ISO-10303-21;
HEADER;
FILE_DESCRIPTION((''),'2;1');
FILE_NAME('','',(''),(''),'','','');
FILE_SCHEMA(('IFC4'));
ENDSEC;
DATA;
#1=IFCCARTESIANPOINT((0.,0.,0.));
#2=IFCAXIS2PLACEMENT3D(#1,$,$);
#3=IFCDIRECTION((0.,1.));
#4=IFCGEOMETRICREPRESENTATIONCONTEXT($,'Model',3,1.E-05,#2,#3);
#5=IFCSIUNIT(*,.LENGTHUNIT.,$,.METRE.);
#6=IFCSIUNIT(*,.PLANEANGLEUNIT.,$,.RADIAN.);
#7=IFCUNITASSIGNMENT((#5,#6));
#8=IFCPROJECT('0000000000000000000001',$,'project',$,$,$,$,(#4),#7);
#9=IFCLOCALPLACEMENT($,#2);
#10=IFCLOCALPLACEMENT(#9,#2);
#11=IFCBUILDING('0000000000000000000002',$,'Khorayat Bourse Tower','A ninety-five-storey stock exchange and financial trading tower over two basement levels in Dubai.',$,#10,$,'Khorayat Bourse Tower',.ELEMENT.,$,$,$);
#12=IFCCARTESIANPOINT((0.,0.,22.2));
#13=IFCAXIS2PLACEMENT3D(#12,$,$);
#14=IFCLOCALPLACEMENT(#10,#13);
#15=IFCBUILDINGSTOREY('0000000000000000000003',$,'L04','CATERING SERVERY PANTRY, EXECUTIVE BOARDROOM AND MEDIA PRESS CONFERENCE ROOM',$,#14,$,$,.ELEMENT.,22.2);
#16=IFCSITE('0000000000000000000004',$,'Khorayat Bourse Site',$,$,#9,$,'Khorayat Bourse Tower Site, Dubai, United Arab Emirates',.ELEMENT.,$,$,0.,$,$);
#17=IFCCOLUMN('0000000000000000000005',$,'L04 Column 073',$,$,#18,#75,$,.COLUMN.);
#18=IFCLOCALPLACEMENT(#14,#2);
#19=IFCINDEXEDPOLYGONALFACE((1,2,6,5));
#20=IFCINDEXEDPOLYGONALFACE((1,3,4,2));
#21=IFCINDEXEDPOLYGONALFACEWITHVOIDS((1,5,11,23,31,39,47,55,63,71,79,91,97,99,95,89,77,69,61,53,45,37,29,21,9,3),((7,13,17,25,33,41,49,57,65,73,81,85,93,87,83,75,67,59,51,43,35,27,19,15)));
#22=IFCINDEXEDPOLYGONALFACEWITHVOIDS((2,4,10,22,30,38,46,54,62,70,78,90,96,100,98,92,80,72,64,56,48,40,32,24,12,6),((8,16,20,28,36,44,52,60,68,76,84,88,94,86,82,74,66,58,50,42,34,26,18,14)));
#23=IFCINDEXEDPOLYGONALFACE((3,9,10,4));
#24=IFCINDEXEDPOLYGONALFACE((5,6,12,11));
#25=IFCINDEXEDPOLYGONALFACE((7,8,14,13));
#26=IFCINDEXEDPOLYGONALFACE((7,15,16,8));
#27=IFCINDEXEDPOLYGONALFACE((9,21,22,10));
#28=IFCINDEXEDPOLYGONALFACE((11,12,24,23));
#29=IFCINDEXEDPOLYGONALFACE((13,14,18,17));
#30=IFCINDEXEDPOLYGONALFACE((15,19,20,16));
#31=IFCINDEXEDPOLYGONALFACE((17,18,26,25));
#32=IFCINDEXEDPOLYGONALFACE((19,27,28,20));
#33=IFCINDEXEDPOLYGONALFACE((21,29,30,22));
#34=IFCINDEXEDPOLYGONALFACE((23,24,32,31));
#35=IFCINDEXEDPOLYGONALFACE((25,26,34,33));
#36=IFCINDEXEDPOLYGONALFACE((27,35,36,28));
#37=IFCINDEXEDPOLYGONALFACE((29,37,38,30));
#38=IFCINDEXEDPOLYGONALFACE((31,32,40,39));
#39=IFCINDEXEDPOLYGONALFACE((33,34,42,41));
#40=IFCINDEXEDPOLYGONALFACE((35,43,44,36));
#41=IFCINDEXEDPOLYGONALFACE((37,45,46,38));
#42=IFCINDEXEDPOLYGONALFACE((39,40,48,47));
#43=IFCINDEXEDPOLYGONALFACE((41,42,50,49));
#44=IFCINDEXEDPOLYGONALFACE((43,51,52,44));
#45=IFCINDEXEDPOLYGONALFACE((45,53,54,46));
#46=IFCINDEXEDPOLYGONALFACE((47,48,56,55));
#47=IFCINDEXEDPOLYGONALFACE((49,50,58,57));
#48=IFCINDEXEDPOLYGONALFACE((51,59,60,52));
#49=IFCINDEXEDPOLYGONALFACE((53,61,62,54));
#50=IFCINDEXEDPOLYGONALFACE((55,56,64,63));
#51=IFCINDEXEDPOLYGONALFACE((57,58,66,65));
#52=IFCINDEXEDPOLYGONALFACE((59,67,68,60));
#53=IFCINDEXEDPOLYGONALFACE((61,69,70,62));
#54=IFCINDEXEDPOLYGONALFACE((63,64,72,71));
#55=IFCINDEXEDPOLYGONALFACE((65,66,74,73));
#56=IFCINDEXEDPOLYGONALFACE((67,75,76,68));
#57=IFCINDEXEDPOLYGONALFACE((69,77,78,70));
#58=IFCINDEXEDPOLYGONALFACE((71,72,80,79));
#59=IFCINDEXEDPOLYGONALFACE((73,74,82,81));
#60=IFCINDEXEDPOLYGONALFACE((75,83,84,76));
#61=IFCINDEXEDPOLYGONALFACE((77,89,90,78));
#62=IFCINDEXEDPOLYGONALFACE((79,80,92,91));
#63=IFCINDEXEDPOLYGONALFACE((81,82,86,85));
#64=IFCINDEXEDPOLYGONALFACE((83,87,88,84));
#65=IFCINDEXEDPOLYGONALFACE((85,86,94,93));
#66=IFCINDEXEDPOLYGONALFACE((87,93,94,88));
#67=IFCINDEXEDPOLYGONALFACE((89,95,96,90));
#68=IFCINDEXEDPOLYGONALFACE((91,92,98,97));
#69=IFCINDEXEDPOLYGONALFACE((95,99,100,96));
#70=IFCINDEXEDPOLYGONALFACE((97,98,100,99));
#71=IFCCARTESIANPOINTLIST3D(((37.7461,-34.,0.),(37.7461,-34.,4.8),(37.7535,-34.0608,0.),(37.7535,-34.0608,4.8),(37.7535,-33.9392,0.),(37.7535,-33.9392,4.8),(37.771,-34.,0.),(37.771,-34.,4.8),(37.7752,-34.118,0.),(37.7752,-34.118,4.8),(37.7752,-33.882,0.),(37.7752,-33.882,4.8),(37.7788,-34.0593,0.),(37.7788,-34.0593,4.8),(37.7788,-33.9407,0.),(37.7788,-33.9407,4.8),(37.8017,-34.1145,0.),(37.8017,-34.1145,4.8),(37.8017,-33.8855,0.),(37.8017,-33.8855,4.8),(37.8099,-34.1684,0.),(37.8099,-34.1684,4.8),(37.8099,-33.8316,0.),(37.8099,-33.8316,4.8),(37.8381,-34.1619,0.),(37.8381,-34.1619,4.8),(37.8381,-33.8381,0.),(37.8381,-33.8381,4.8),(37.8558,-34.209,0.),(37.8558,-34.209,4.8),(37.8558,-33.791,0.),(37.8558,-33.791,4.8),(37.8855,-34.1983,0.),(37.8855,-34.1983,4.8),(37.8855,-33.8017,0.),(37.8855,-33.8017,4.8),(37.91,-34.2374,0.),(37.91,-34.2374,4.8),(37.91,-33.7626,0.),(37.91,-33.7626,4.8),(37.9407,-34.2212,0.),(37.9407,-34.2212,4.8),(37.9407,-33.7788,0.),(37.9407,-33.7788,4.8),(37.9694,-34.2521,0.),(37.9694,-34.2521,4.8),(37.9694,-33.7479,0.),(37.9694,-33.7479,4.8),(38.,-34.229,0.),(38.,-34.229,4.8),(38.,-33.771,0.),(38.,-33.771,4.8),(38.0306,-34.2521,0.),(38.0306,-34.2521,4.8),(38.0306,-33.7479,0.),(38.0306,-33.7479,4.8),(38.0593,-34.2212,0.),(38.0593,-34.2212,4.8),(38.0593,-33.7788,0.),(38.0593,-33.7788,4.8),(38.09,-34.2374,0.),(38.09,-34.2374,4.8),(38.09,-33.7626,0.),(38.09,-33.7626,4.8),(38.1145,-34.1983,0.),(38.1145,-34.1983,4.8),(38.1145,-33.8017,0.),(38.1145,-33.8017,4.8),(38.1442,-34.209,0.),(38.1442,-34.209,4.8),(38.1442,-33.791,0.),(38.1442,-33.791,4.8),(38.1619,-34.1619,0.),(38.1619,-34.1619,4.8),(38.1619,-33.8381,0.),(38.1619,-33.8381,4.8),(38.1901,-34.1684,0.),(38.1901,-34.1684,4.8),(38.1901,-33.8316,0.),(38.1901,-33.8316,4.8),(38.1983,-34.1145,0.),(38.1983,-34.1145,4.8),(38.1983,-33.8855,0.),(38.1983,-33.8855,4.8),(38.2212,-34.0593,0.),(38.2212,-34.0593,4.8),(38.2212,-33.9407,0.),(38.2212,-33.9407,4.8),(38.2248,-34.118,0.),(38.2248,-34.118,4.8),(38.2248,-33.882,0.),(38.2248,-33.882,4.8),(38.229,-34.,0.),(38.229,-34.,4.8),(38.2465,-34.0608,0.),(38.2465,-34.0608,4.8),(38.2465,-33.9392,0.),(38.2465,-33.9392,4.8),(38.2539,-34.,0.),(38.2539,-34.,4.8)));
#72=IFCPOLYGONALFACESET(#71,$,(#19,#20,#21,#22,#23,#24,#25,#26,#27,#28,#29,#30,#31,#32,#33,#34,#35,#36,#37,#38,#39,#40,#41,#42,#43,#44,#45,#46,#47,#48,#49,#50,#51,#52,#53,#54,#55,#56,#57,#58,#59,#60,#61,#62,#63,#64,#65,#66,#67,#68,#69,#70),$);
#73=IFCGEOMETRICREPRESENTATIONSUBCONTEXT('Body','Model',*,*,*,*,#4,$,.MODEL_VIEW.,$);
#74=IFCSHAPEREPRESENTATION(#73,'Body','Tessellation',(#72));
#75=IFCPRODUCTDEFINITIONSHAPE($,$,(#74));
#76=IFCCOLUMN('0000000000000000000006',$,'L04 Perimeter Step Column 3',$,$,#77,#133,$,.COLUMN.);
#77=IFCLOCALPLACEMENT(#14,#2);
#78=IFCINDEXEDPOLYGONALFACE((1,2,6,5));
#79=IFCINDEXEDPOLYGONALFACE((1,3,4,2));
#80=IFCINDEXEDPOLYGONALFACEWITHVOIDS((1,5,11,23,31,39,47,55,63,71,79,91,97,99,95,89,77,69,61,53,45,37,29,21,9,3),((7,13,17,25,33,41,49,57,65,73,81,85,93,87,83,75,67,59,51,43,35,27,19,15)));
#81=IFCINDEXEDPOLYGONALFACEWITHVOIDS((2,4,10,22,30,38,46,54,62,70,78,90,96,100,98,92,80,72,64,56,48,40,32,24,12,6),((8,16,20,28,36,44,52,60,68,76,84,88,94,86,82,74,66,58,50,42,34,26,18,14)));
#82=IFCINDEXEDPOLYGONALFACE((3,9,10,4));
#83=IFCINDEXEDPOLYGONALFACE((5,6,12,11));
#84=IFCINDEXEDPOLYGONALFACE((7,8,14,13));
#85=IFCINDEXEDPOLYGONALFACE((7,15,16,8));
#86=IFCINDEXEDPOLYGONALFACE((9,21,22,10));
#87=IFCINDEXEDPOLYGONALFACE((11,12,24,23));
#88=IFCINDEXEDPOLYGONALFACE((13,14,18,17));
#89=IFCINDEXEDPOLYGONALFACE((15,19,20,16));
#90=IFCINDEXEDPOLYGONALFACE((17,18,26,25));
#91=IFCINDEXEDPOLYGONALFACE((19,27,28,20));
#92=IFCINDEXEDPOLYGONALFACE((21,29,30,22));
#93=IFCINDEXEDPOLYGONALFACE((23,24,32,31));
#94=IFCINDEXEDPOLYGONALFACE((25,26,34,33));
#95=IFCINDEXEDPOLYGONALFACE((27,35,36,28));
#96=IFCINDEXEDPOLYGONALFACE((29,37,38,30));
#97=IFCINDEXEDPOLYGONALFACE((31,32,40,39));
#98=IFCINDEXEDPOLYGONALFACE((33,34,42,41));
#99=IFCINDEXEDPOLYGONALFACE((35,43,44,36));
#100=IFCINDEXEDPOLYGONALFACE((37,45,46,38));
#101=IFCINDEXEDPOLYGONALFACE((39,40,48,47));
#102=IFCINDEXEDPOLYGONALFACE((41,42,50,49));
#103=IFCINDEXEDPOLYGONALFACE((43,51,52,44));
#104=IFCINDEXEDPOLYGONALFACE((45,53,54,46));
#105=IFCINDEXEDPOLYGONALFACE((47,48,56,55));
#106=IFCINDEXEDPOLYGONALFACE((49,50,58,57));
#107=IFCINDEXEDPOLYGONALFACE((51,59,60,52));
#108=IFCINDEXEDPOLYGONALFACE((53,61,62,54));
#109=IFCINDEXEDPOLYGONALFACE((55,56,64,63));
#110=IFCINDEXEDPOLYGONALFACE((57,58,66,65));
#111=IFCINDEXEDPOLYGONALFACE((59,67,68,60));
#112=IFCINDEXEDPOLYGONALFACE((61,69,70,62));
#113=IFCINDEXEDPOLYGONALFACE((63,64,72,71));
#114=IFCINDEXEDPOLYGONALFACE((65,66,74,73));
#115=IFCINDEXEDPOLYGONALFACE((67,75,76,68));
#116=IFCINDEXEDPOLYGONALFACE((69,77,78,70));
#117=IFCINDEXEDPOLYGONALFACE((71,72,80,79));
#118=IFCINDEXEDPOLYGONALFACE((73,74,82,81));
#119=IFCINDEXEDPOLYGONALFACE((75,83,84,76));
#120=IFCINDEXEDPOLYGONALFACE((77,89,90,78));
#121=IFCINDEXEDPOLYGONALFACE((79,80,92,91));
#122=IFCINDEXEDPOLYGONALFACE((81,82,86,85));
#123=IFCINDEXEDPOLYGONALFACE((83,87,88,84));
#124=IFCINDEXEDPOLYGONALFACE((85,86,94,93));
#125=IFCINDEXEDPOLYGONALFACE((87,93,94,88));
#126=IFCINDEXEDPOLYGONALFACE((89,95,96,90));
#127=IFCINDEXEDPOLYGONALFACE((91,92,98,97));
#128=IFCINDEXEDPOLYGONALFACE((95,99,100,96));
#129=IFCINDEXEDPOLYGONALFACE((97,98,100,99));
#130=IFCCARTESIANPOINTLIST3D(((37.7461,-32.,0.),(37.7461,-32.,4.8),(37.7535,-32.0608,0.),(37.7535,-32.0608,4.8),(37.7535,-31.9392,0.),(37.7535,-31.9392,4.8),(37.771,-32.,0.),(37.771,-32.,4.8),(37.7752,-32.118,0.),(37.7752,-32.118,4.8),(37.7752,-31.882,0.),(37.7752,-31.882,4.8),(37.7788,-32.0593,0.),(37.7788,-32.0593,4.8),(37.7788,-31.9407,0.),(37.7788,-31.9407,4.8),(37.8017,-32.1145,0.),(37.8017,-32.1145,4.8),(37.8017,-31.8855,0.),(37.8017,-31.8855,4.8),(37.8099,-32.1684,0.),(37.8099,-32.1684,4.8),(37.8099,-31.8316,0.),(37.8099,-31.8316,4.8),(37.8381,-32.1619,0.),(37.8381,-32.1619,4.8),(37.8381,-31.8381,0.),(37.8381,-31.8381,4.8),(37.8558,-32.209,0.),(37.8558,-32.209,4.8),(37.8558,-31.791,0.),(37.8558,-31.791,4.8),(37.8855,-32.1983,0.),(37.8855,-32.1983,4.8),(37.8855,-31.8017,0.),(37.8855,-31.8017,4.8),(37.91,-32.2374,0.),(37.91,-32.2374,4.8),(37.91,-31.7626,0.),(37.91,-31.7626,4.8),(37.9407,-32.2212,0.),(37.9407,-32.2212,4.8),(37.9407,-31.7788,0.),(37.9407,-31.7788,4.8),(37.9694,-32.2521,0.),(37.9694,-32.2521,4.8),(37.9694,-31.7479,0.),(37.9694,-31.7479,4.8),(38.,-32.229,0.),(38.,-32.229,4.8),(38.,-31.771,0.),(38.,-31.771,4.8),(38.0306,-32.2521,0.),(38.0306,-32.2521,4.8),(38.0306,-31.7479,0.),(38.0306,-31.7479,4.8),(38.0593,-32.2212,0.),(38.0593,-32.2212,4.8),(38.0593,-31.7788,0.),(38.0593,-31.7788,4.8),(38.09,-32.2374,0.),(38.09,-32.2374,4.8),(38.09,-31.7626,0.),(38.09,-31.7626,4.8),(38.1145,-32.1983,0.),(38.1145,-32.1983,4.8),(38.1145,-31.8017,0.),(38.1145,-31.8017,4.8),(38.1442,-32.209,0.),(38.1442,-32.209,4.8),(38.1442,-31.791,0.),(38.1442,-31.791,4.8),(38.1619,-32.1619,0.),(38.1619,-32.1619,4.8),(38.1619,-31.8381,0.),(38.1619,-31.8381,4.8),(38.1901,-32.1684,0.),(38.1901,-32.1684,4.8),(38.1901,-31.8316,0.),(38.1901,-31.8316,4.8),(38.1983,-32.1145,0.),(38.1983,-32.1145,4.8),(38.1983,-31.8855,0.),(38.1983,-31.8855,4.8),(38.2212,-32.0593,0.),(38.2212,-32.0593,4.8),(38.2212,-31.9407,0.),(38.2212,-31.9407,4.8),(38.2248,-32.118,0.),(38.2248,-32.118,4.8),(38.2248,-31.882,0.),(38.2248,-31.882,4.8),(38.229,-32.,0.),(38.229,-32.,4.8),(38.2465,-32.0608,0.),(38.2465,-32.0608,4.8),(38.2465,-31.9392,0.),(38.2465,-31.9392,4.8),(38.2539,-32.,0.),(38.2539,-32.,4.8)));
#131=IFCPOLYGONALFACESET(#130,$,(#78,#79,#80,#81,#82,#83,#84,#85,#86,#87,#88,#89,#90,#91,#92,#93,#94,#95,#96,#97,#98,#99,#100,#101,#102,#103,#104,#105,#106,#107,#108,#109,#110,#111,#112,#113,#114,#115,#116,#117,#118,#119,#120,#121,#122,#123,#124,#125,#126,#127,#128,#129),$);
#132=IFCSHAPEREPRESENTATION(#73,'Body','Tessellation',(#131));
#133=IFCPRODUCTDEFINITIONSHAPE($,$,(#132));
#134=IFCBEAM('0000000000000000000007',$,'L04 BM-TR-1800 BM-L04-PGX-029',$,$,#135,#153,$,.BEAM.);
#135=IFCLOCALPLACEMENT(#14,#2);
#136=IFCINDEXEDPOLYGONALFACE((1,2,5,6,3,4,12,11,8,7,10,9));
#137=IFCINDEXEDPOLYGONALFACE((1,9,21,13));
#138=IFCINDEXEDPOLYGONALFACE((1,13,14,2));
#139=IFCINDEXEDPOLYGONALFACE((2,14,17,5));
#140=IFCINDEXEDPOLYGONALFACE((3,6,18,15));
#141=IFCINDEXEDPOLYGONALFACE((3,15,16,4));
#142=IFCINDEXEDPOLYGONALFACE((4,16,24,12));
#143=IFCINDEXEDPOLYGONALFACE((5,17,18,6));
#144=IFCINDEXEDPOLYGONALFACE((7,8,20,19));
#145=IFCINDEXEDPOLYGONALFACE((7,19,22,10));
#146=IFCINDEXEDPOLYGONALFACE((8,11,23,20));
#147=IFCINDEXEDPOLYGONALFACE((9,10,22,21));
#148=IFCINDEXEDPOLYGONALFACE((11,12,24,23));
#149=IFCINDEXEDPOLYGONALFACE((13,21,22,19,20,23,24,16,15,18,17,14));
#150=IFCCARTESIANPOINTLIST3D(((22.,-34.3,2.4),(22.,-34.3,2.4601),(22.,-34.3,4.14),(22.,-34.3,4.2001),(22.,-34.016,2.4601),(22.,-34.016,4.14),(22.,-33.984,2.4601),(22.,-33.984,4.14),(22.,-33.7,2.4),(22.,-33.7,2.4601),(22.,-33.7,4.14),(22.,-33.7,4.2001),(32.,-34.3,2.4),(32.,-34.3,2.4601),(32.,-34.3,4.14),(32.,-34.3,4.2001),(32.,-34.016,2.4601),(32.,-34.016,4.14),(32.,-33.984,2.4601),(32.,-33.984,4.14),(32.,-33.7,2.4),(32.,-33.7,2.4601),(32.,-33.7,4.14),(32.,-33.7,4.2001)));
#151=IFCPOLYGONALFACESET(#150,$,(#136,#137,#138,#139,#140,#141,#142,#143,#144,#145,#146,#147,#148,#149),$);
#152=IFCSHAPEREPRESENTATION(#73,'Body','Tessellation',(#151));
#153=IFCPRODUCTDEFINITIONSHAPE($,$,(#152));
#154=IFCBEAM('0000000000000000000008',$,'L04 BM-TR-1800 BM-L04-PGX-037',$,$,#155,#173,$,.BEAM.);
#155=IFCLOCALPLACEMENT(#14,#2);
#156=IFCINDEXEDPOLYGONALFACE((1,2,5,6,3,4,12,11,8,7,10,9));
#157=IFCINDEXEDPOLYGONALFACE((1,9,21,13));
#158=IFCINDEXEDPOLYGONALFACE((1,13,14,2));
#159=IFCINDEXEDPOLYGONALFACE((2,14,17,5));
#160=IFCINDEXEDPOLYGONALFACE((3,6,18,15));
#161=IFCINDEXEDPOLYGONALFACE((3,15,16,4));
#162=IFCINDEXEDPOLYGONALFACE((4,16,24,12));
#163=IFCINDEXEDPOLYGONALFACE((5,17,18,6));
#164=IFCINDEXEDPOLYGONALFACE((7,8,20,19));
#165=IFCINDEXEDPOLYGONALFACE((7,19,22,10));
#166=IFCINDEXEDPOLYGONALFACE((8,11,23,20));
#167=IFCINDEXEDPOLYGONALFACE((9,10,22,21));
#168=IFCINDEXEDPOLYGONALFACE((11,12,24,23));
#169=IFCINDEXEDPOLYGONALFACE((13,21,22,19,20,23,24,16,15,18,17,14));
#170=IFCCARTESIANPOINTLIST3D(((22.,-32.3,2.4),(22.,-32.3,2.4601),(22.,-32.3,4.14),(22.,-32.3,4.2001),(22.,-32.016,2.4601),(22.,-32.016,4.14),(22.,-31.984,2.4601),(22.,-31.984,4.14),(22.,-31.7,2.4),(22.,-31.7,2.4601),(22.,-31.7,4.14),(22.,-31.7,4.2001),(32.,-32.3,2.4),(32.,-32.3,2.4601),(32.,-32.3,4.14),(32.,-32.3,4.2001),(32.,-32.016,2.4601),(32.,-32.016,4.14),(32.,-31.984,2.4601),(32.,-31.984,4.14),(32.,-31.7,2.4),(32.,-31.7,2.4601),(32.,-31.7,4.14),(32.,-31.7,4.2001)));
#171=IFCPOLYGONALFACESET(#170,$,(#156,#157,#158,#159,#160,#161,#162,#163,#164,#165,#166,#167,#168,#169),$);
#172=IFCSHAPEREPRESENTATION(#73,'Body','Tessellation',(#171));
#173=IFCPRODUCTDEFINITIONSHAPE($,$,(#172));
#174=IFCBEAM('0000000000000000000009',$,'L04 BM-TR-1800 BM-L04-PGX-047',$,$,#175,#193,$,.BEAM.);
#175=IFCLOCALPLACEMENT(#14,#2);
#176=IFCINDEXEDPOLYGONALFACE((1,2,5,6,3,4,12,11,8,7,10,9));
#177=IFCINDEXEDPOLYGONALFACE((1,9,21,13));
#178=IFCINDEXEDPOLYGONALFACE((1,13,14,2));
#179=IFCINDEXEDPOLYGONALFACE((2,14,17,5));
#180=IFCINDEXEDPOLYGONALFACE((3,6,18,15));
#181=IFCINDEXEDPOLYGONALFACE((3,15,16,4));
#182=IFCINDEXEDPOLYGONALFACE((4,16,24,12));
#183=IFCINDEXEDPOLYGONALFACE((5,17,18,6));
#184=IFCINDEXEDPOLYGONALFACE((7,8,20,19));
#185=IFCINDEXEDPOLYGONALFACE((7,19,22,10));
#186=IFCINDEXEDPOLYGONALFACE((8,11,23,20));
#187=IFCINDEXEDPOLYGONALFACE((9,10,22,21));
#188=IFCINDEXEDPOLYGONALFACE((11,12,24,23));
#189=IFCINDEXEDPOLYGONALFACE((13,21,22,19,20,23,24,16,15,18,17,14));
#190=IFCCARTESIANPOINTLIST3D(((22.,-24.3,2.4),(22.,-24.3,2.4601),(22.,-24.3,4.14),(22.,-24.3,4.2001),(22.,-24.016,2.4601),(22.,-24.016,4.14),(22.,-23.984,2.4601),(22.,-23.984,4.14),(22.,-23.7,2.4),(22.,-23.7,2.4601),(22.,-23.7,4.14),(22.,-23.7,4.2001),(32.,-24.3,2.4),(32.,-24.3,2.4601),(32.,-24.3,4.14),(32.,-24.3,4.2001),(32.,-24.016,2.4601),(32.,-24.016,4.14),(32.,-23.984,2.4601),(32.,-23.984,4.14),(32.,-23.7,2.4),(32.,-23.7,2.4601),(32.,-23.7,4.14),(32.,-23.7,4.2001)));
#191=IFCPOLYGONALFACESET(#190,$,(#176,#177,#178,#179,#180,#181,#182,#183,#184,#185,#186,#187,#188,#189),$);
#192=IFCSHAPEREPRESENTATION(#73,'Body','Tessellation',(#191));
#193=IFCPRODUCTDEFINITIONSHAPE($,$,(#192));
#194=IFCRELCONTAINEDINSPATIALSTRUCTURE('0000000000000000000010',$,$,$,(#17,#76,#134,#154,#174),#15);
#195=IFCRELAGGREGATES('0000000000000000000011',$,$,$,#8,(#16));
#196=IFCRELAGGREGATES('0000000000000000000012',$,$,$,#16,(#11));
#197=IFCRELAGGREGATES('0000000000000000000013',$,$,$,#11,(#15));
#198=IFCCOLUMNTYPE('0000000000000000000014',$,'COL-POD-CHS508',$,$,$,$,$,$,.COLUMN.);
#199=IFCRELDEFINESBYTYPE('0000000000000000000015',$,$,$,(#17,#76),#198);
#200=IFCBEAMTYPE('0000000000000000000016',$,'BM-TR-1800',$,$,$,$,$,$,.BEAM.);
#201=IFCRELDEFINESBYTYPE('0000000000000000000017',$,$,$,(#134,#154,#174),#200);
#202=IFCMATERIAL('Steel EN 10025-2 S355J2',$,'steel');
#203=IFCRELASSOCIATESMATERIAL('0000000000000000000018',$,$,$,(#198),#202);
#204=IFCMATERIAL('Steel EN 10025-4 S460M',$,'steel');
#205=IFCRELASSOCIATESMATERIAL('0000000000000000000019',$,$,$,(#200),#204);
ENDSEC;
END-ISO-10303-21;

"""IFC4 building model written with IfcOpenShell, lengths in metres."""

from ifc_helpers import new_model, si_unit, direction, frame, origin, origin_2d, place, context, subcontext, project, spatial, hollow_circle, i_section, extrude, source, transform, mapped, material, material_profile, profile_set, type_object, element, save


model = new_model("IFC4")

# Units and contexts
model_context = context("Model", 3, precision=1e-05, world=origin(), true_north=direction((0.0, 1.0)))
body_context = subcontext(model_context, "Body", "Model", "MODEL_VIEW")
ifc_project = project(units=[si_unit("LENGTHUNIT", "METRE"), si_unit("PLANEANGLEUNIT", "RADIAN")], contexts=[model_context])

# Site, building, storey
site_placement = place(None, origin())
site = spatial("IfcSite", under=ifc_project, at=site_placement, Name="Khorayat Bourse Site", LongName="Khorayat Bourse Tower Site, Dubai, United Arab Emirates", CompositionType="ELEMENT", RefElevation=0.0)
building_placement = place(site_placement, origin())
building = spatial("IfcBuilding", under=site, at=building_placement, Name="Khorayat Bourse Tower", Description="A ninety-five-storey stock exchange and financial trading tower over two basement levels in Dubai.", LongName="Khorayat Bourse Tower", CompositionType="ELEMENT")
storey_placement = place(building_placement, frame((0.0, 0.0, 22.2)))
storey = spatial("IfcBuildingStorey", under=building, at=storey_placement, Name="L04", Description="CATERING SERVERY PANTRY, EXECUTIVE BOARDROOM AND MEDIA PRESS CONFERENCE ROOM", CompositionType="ELEMENT", Elevation=22.2)

# Columns
ifc_material_1 = material(Name="Steel EN 10025-2 S355J2", Category="steel")
ifc_material_profile_1 = material_profile(ifc_material_1, hollow_circle(Radius=0.2539, WallThickness=0.0249, at=origin_2d()), Name="CHS 508x25")
ifc_profile_set_1 = profile_set([ifc_material_profile_1], Name="Steel EN 10025-2 S355J2")
column_type_1 = type_object("IfcColumnType", Name="COL-POD-CHS508", PredefinedType="COLUMN", material=ifc_profile_set_1)
shared_shape_1 = source(origin(), body_context, "Body", "SweptSolid", [
    extrude(hollow_circle(Radius=0.2539, WallThickness=0.0249, at=origin_2d()), origin(), (0.0, 0.0, 1.0), 4.8),
])
for number, where, z_axis, x_axis, name in (
    (1, (38.0, -34.0, 0.0), (0.0, 0.0, 1.0), (1.0, 0.0, 0.0), "L04 Column 073"),
    (2, (38.0, -32.0, 0.0), (0.0, 0.0, 1.0), (1.0, 0.0, 0.0), "L04 Perimeter Step Column 3"),
):
    element("IfcColumn", number, at=place(storey_placement, frame(where, z_axis=z_axis, x_axis=x_axis)), inside=storey, type_object=column_type_1, Name=name, PredefinedType="COLUMN", context=body_context, shape_type="MappedRepresentation", body=[
        mapped(shared_shape_1, transform((0.0, 0.0, 0.0), scale=1.0)),
    ])

# Beams
ifc_material_2 = material(Name="Steel EN 10025-4 S460M", Category="steel")
ifc_material_profile_2 = material_profile(ifc_material_2, i_section(OverallWidth=0.6001, OverallDepth=1.8, WebThickness=0.032, FlangeThickness=0.0601, at=origin_2d()), Name="PG 1800x600x32x60")
ifc_profile_set_2 = profile_set([ifc_material_profile_2], Name="Steel EN 10025-4 S460M")
beam_type_1 = type_object("IfcBeamType", Name="BM-TR-1800", PredefinedType="BEAM", material=ifc_profile_set_2)
shared_shape_2 = source(origin(), body_context, "Body", "SweptSolid", [
    extrude(i_section(OverallWidth=0.6001, OverallDepth=1.8, WebThickness=0.032, FlangeThickness=0.0601, at=origin_2d()), origin(), (0.0, 0.0, 1.0), 10.0),
])
for number, where, z_axis, x_axis, name in (
    (3, (22.0, -34.0, 3.3), (1.0, 0.0, 0.0), (0.0, 1.0, 0.0), "L04 BM-TR-1800 BM-L04-PGX-029"),
    (4, (22.0, -32.0, 3.3), (1.0, 0.0, 0.0), (0.0, 1.0, 0.0), "L04 BM-TR-1800 BM-L04-PGX-037"),
    (5, (22.0, -24.0, 3.3), (1.0, 0.0, 0.0), (0.0, 1.0, 0.0), "L04 BM-TR-1800 BM-L04-PGX-047"),
):
    element("IfcBeam", number, at=place(storey_placement, frame(where, z_axis=z_axis, x_axis=x_axis)), inside=storey, type_object=beam_type_1, Name=name, PredefinedType="BEAM", context=body_context, shape_type="MappedRepresentation", body=[
        mapped(shared_shape_2, transform((0.0, 0.0, 0.0), scale=1.0)),
    ])

save(model, "model.ifc")
